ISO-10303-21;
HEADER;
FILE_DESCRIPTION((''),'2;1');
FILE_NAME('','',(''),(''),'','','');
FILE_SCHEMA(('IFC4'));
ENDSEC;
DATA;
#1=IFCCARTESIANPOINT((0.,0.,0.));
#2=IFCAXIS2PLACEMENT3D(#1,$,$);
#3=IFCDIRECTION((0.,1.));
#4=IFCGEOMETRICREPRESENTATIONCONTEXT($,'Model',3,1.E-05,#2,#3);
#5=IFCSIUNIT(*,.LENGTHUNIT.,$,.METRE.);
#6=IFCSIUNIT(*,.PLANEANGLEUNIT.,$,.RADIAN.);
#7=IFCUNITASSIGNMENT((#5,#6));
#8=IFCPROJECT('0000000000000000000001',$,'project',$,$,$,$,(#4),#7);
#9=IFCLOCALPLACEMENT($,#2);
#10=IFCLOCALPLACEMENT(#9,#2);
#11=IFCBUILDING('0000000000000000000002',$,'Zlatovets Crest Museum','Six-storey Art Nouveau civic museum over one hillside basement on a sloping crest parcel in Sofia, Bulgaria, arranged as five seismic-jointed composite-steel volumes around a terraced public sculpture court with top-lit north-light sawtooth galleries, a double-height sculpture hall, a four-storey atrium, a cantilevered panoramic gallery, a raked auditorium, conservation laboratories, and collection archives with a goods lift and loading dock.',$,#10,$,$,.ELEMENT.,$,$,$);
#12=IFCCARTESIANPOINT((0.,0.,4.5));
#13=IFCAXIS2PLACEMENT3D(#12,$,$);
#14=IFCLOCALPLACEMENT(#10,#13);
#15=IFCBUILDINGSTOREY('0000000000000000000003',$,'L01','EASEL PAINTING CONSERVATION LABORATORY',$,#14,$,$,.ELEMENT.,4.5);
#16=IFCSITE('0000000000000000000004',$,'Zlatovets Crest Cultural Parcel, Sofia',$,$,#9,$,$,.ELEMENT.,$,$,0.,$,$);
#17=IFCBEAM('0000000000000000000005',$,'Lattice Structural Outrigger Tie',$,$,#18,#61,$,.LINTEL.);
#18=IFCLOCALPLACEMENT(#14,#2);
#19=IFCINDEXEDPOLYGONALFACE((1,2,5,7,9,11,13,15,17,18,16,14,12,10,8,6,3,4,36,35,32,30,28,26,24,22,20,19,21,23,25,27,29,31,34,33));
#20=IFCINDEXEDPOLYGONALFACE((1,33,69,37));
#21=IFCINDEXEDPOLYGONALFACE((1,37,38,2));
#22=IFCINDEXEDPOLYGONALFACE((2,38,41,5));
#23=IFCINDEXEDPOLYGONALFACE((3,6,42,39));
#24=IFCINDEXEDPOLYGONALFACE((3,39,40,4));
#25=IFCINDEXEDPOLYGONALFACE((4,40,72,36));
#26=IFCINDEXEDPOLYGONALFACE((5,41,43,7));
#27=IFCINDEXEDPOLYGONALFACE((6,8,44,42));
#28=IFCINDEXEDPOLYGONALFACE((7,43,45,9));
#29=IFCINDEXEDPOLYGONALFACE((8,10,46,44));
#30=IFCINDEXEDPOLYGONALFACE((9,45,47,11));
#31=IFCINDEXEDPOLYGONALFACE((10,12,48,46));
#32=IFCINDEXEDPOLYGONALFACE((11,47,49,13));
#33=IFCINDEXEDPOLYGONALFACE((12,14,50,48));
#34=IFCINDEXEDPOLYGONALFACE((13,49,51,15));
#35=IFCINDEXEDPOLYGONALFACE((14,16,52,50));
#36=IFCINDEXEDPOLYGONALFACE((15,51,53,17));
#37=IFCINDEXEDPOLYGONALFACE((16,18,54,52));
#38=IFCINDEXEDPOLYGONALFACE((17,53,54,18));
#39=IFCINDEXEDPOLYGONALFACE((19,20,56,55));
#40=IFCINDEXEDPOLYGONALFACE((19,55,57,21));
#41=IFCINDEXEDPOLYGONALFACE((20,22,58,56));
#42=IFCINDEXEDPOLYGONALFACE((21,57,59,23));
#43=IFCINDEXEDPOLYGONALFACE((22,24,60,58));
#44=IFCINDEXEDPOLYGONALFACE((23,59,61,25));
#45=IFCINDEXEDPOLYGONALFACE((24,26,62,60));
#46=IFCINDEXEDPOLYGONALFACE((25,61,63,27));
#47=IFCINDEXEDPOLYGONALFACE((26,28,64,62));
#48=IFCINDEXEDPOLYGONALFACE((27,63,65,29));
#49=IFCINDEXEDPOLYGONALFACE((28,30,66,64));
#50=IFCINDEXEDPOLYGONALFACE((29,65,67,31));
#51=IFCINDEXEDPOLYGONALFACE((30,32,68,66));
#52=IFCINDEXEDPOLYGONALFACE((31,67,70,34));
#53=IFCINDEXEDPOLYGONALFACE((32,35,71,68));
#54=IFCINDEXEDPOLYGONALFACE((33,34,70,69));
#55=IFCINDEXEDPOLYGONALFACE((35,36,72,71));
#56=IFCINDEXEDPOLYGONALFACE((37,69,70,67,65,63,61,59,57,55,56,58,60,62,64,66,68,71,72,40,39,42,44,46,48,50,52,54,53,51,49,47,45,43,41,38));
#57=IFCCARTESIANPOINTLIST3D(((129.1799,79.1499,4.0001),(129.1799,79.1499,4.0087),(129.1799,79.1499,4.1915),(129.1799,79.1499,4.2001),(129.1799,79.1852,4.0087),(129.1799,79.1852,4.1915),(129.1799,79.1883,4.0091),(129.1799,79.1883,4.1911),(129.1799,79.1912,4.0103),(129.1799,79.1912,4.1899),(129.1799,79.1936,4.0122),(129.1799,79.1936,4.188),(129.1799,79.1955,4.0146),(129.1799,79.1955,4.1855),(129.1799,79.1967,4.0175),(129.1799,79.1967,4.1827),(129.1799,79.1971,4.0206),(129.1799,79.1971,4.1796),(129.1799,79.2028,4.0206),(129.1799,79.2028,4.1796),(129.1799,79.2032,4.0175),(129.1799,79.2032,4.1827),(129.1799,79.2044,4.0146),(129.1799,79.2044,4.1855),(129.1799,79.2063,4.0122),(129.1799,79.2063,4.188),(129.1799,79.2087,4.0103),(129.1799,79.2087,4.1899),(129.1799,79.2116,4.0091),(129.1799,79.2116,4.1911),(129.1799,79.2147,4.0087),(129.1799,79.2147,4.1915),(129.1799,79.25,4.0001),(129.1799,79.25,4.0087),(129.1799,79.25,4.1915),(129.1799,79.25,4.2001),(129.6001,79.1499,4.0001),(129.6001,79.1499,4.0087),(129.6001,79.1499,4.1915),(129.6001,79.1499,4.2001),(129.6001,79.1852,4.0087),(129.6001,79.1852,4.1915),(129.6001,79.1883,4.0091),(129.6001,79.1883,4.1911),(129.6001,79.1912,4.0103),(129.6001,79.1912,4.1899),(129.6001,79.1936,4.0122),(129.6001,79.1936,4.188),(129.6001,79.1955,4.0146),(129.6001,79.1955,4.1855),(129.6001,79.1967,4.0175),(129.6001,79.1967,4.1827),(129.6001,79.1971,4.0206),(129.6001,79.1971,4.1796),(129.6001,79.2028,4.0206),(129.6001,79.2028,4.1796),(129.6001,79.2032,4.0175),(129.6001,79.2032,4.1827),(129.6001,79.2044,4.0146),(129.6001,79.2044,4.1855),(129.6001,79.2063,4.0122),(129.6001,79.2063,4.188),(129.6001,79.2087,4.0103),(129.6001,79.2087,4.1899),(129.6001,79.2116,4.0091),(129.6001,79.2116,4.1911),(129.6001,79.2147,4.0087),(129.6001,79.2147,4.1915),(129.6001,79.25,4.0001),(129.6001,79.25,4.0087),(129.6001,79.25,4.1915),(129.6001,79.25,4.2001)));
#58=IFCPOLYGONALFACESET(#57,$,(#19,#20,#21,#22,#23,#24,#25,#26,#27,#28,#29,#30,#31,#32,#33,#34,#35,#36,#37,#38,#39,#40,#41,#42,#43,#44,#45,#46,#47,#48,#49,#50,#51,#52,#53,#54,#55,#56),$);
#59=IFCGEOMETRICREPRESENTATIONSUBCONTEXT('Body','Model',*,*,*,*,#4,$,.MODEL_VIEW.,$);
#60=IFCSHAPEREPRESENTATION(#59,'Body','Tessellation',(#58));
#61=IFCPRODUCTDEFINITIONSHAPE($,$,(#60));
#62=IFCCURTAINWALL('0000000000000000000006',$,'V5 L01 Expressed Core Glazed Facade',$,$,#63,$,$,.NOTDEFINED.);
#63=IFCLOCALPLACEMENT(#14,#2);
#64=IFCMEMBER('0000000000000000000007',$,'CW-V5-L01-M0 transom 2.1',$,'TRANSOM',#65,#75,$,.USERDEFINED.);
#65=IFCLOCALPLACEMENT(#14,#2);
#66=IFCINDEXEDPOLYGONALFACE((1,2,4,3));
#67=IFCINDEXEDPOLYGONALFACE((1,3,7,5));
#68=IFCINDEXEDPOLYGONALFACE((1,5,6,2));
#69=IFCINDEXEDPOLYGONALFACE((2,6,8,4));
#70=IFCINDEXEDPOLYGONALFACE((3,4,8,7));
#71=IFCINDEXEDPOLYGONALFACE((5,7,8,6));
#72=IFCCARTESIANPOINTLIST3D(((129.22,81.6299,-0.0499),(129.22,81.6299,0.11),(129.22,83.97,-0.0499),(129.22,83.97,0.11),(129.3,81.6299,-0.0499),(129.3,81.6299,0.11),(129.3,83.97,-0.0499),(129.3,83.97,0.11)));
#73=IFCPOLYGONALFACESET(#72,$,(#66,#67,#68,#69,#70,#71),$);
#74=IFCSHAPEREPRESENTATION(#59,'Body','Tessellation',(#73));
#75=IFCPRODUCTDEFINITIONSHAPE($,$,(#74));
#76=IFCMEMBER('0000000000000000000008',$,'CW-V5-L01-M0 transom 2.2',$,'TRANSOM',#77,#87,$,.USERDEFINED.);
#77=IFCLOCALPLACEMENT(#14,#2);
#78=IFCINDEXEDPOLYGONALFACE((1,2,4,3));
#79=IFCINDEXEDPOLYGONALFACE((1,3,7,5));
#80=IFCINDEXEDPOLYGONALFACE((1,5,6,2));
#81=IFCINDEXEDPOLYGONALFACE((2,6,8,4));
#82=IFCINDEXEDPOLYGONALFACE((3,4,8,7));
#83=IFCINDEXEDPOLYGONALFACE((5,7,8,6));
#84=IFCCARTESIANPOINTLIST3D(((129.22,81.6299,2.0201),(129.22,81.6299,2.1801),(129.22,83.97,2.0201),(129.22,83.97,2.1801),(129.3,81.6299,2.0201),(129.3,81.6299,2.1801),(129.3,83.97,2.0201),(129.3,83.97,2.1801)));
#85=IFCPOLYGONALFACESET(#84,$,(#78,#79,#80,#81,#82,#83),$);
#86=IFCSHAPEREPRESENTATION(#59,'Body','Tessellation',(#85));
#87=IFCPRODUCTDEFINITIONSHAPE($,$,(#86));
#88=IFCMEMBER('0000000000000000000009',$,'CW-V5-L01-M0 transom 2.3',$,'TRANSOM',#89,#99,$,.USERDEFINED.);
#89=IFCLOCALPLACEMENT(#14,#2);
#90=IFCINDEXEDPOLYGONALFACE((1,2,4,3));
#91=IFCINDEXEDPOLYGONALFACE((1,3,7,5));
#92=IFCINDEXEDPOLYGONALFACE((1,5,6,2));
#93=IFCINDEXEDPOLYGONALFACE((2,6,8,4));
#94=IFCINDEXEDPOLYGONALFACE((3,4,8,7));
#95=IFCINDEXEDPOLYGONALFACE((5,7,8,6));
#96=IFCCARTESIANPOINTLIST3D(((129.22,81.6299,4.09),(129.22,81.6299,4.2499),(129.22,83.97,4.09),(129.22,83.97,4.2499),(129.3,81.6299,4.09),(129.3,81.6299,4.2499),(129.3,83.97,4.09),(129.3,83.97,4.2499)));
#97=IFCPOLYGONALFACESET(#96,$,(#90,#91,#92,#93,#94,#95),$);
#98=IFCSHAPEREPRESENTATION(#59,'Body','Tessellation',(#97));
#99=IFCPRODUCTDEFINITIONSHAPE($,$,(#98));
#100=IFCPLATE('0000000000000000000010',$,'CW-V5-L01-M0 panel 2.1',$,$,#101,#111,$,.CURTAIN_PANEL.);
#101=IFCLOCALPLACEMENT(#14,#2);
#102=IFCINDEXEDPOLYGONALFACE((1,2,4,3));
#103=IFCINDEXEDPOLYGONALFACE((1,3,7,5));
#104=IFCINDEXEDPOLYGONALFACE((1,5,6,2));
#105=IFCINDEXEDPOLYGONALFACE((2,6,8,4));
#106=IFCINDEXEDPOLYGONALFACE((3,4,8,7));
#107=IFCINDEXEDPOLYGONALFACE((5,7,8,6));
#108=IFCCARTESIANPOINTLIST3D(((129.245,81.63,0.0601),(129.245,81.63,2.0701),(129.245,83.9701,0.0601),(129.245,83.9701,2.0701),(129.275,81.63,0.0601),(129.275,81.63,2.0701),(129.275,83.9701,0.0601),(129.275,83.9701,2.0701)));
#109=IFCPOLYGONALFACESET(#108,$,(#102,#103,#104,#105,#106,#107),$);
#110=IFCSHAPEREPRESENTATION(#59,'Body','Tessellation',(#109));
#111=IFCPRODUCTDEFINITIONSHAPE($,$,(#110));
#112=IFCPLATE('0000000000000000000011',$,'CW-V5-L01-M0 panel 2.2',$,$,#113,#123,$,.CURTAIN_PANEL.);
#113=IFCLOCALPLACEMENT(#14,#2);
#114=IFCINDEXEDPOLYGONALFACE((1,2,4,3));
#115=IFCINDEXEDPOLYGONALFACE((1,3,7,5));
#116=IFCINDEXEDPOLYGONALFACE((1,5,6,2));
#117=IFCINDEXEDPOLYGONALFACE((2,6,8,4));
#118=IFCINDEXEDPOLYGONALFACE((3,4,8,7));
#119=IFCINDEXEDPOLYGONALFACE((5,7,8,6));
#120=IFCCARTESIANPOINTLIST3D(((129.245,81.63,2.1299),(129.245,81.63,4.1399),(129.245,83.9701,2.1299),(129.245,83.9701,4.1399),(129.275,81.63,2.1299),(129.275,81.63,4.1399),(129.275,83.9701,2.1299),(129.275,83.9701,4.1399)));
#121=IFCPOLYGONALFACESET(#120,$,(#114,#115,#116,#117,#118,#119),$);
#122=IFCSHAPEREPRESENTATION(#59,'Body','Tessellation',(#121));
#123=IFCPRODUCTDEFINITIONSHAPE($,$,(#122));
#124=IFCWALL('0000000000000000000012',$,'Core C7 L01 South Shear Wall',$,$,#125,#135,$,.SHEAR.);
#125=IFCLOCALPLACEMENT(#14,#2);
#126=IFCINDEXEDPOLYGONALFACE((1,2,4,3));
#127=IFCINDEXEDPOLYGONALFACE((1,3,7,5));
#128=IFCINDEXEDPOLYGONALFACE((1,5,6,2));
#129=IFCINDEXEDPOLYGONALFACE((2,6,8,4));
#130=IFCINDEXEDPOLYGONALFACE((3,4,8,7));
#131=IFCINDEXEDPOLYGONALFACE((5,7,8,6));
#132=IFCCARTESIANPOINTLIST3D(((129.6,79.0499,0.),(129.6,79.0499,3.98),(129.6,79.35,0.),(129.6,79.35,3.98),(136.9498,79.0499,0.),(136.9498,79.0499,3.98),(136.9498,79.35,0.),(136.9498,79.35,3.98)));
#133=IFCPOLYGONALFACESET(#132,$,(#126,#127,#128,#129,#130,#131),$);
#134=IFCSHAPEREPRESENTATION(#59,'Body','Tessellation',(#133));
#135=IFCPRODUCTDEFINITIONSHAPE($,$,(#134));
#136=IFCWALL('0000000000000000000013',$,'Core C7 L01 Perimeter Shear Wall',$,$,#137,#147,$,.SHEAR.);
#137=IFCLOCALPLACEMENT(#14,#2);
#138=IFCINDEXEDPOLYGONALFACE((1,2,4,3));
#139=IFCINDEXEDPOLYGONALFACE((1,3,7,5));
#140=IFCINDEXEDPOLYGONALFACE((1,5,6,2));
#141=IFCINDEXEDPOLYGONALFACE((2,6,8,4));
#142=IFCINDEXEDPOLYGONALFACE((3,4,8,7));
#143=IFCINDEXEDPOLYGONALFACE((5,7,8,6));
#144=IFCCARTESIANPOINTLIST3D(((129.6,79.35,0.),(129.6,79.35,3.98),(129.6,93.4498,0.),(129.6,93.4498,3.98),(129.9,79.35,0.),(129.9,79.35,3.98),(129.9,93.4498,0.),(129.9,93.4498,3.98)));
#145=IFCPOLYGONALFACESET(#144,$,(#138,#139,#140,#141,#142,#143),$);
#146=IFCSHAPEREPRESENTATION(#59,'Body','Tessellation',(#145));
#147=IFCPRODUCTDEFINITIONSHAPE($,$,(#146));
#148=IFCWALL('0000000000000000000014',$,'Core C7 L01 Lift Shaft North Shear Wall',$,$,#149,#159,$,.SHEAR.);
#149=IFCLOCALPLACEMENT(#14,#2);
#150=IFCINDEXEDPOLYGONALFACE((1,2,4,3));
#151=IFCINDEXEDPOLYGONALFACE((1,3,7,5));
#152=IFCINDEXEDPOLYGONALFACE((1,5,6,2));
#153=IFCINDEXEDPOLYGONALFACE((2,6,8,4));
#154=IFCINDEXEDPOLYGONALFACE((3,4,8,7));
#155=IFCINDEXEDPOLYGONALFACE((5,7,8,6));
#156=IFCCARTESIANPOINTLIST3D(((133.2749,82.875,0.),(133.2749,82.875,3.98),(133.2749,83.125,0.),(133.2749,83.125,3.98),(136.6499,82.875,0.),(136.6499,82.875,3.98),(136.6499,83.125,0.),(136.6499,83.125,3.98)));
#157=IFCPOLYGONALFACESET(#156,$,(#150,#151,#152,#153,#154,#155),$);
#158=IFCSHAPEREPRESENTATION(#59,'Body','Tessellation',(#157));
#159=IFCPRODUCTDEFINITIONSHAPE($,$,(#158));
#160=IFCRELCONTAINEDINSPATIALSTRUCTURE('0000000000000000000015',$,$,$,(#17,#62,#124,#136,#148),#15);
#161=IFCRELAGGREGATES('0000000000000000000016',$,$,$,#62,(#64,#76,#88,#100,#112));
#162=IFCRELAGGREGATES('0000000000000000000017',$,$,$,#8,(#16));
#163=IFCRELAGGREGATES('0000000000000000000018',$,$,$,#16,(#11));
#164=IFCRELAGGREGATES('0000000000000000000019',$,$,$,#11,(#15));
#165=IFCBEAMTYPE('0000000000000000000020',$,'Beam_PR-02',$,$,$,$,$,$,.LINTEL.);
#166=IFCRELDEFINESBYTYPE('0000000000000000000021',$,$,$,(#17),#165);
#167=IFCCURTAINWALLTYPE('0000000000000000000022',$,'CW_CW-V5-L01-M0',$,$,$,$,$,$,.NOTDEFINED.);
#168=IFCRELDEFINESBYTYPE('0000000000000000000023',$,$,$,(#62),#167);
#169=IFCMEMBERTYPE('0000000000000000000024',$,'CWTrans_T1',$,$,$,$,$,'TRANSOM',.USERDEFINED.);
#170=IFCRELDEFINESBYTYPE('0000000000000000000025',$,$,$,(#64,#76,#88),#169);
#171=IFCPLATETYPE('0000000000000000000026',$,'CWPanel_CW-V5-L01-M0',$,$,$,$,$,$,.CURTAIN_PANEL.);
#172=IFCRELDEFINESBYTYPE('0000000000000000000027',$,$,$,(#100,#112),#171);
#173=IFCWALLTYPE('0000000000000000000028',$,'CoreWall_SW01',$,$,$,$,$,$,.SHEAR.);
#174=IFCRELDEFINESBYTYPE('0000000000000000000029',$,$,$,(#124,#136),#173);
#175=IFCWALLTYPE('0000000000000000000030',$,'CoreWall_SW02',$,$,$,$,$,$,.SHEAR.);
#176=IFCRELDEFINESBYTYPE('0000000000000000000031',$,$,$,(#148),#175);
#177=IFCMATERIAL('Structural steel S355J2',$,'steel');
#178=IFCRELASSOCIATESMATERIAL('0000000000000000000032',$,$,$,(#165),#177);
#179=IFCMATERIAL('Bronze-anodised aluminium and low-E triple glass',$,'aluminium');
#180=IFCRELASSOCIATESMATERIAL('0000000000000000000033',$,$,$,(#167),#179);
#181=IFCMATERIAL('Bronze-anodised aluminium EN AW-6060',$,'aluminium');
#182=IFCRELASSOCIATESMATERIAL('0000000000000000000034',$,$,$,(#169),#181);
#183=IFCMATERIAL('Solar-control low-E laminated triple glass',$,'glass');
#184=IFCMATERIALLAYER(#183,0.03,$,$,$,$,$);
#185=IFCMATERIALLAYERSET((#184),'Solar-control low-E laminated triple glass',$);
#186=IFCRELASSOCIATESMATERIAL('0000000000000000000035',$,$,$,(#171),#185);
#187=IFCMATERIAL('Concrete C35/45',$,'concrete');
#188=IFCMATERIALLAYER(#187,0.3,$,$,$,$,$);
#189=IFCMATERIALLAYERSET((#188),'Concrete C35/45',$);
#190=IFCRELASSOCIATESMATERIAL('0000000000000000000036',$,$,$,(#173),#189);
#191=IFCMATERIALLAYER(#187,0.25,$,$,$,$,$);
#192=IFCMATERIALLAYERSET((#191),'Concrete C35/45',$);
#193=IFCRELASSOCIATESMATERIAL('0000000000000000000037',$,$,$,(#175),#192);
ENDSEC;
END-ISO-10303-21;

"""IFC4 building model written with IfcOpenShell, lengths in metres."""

from ifc_helpers import new_model, si_unit, direction, frame, frame_2d, origin, origin_2d, place, context, subcontext, project, spatial, rectangle, i_section, extrude, material, layer, layer_set, material_profile, profile_set, type_object, element, aggregate, save


model = new_model("IFC4")

# Units and contexts
model_context = context("Model", 3, precision=1e-05, world=origin(), true_north=direction((0.0, 1.0)))
body_context = subcontext(model_context, "Body", "Model", "MODEL_VIEW")
ifc_project = project(units=[si_unit("LENGTHUNIT", "METRE"), si_unit("PLANEANGLEUNIT", "RADIAN")], contexts=[model_context])

# Site, building, storey
site_placement = place(None, origin())
site = spatial("IfcSite", under=ifc_project, at=site_placement, Name="Zlatovets Crest Cultural Parcel, Sofia", CompositionType="ELEMENT", RefElevation=0.0)
building_placement = place(site_placement, origin())
building = spatial("IfcBuilding", under=site, at=building_placement, Name="Zlatovets Crest Museum", Description="Six-storey Art Nouveau civic museum over one hillside basement on a sloping crest parcel in Sofia, Bulgaria, arranged as five seismic-jointed composite-steel volumes around a terraced public sculpture court with top-lit north-light sawtooth galleries, a double-height sculpture hall, a four-storey atrium, a cantilevered panoramic gallery, a raked auditorium, conservation laboratories, and collection archives with a goods lift and loading dock.", CompositionType="ELEMENT")
storey_placement = place(building_placement, frame((0.0, 0.0, 4.5)))
storey = spatial("IfcBuildingStorey", under=building, at=storey_placement, Name="L01", Description="EASEL PAINTING CONSERVATION LABORATORY", CompositionType="ELEMENT", Elevation=4.5)

# Shared definitions
ifc_material_1 = material(Name="Structural steel S355J2", Category="steel")

# Beam
ifc_material_profile_1 = material_profile(ifc_material_1, i_section(OverallWidth=0.1001, OverallDepth=0.2, WebThickness=0.0056, FlangeThickness=0.0085, FilletRadius=0.012, at=origin_2d()), Name="IPE 200")
ifc_profile_set_1 = profile_set([ifc_material_profile_1], Name="Structural steel S355J2")
beam_type_1 = type_object("IfcBeamType", Name="Beam_PR-02", PredefinedType="LINTEL", material=ifc_profile_set_1)
for number, where, z_axis, x_axis, name in (
    (1, (129.6001, 79.2, 4.1001), (-1.0, 0.0, 0.0), (0.0, -1.0, 0.0), "Lattice Structural Outrigger Tie"),
):
    element("IfcBeam", number, at=place(storey_placement, frame(where, z_axis=z_axis, x_axis=x_axis)), inside=storey, type_object=beam_type_1, Name=name, PredefinedType="LINTEL", context=body_context, shape_type="SweptSolid", body=[
        extrude(i_section(OverallWidth=0.1001, OverallDepth=0.2, WebThickness=0.0056, FlangeThickness=0.0085, FilletRadius=0.012, at=origin_2d()), origin(), (0.0, 0.0, 1.0), 0.4202),
    ])

# Curtain wall, members, plates
ifc_material_2 = material(Name="Bronze-anodised aluminium and low-E triple glass", Category="aluminium")
curtain_wall_type = type_object("IfcCurtainWallType", Name="CW_CW-V5-L01-M0", PredefinedType="NOTDEFINED", material=ifc_material_2)
curtain_wall_placement = place(storey_placement, origin())
curtain_wall = element("IfcCurtainWall", 2, at=curtain_wall_placement, inside=storey, type_object=curtain_wall_type, Name="V5 L01 Expressed Core Glazed Facade", PredefinedType="NOTDEFINED")
ifc_material_3 = material(Name="Bronze-anodised aluminium EN AW-6060", Category="aluminium")
ifc_material_profile_2 = material_profile(ifc_material_3, rectangle(XDim=0.0801, YDim=0.1599, at=origin_2d()), Name="ALU 80x160")
ifc_profile_set_2 = profile_set([ifc_material_profile_2], Name="Bronze-anodised aluminium EN AW-6060")
member_type = type_object("IfcMemberType", Name="CWTrans_T1", ElementType="TRANSOM", PredefinedType="USERDEFINED", material=ifc_profile_set_2)
member_1_placement = place(storey_placement, frame((129.26, 83.97, 0.03), z_axis=(0.0, -1.0, 0.0), x_axis=(1.0, 0.0, 0.0)))
member_1 = element("IfcMember", 3, at=member_1_placement, type_object=member_type, Name="CW-V5-L01-M0 transom 2.1", ObjectType="TRANSOM", PredefinedType="USERDEFINED", context=body_context, shape_type="SweptSolid", body=[
    extrude(rectangle(XDim=0.0801, YDim=0.1599, at=origin_2d()), origin(), (0.0, 0.0, 1.0), 2.3401),
])
member_2_placement = place(storey_placement, frame((129.26, 83.97, 2.1001), z_axis=(0.0, -1.0, 0.0), x_axis=(1.0, 0.0, 0.0)))
member_2 = element("IfcMember", 4, at=member_2_placement, type_object=member_type, Name="CW-V5-L01-M0 transom 2.2", ObjectType="TRANSOM", PredefinedType="USERDEFINED", context=body_context, shape_type="SweptSolid", body=[
    extrude(rectangle(XDim=0.0801, YDim=0.1599, at=origin_2d()), origin(), (0.0, 0.0, 1.0), 2.3401),
])
member_3_placement = place(storey_placement, frame((129.26, 83.97, 4.1699), z_axis=(0.0, -1.0, 0.0), x_axis=(1.0, 0.0, 0.0)))
member_3 = element("IfcMember", 5, at=member_3_placement, type_object=member_type, Name="CW-V5-L01-M0 transom 2.3", ObjectType="TRANSOM", PredefinedType="USERDEFINED", context=body_context, shape_type="SweptSolid", body=[
    extrude(rectangle(XDim=0.0801, YDim=0.1599, at=origin_2d()), origin(), (0.0, 0.0, 1.0), 2.3401),
])
ifc_material_4 = material(Name="Solar-control low-E laminated triple glass", Category="glass")
ifc_layer_1 = layer(ifc_material_4, 0.03)
ifc_layer_set_1 = layer_set([ifc_layer_1], Name="Solar-control low-E laminated triple glass")
plate_type = type_object("IfcPlateType", Name="CWPanel_CW-V5-L01-M0", PredefinedType="CURTAIN_PANEL", material=ifc_layer_set_1)
plate_1_placement = place(storey_placement, frame((129.26, 82.8, 0.0601), z_axis=(0.0, 0.0, 1.0), x_axis=(0.0, -1.0, 0.0)))
plate_1 = element("IfcPlate", 6, at=plate_1_placement, type_object=plate_type, Name="CW-V5-L01-M0 panel 2.1", PredefinedType="CURTAIN_PANEL", context=body_context, shape_type="SweptSolid", body=[
    extrude(rectangle(XDim=2.3401, YDim=0.03, at=origin_2d()), origin(), (0.0, 0.0, 1.0), 2.01),
])
plate_2_placement = place(storey_placement, frame((129.26, 82.8, 2.1299), z_axis=(0.0, 0.0, 1.0), x_axis=(0.0, -1.0, 0.0)))
plate_2 = element("IfcPlate", 7, at=plate_2_placement, type_object=plate_type, Name="CW-V5-L01-M0 panel 2.2", PredefinedType="CURTAIN_PANEL", context=body_context, shape_type="SweptSolid", body=[
    extrude(rectangle(XDim=2.3401, YDim=0.03, at=origin_2d()), origin(), (0.0, 0.0, 1.0), 2.01),
])
aggregate(curtain_wall, [member_1, member_2, member_3, plate_1, plate_2])

# Walls
ifc_material_5 = material(Name="Concrete C35/45", Category="concrete")
ifc_layer_2 = layer(ifc_material_5, 0.3)
ifc_layer_set_2 = layer_set([ifc_layer_2], Name="Concrete C35/45")
wall_type_1 = type_object("IfcWallType", Name="CoreWall_SW01", PredefinedType="SHEAR", material=ifc_layer_set_2)
wall_1_placement = place(storey_placement, frame((129.6001, 79.2, 0.0), z_axis=(0.0, 0.0, 1.0), x_axis=(1.0, 0.0, 0.0)))
element("IfcWall", 8, at=wall_1_placement, inside=storey, type_object=wall_type_1, Name="Core C7 L01 South Shear Wall", PredefinedType="SHEAR", context=body_context, shape_type="SweptSolid", body=[
    extrude(rectangle(XDim=7.3499, YDim=0.3, at=frame_2d((3.6748, 0.0))), origin(), (0.0, 0.0, 1.0), 3.98),
])
wall_2_placement = place(storey_placement, frame((129.75, 79.3501, 0.0), z_axis=(0.0, 0.0, 1.0), x_axis=(0.0, 1.0, 0.0)))
element("IfcWall", 9, at=wall_2_placement, inside=storey, type_object=wall_type_1, Name="Core C7 L01 Perimeter Shear Wall", PredefinedType="SHEAR", context=body_context, shape_type="SweptSolid", body=[
    extrude(rectangle(XDim=14.0999, YDim=0.3, at=frame_2d((7.0498, 0.0))), origin(), (0.0, 0.0, 1.0), 3.98),
])

# Shared definitions
ifc_layer_3 = layer(ifc_material_5, 0.25)
ifc_layer_set_3 = layer_set([ifc_layer_3], Name="Concrete C35/45")
wall_type_2 = type_object("IfcWallType", Name="CoreWall_SW02", PredefinedType="SHEAR", material=ifc_layer_set_3)

# Wall
wall_3_placement = place(storey_placement, frame((133.2749, 83.0, 0.0), z_axis=(0.0, 0.0, 1.0), x_axis=(1.0, 0.0, 0.0)))
element("IfcWall", 10, at=wall_3_placement, inside=storey, type_object=wall_type_2, Name="Core C7 L01 Lift Shaft North Shear Wall", PredefinedType="SHEAR", context=body_context, shape_type="SweptSolid", body=[
    extrude(rectangle(XDim=3.375, YDim=0.25, at=frame_2d((1.6875, 0.0))), origin(), (0.0, 0.0, 1.0), 3.98),
])

save(model, "model.ifc")
